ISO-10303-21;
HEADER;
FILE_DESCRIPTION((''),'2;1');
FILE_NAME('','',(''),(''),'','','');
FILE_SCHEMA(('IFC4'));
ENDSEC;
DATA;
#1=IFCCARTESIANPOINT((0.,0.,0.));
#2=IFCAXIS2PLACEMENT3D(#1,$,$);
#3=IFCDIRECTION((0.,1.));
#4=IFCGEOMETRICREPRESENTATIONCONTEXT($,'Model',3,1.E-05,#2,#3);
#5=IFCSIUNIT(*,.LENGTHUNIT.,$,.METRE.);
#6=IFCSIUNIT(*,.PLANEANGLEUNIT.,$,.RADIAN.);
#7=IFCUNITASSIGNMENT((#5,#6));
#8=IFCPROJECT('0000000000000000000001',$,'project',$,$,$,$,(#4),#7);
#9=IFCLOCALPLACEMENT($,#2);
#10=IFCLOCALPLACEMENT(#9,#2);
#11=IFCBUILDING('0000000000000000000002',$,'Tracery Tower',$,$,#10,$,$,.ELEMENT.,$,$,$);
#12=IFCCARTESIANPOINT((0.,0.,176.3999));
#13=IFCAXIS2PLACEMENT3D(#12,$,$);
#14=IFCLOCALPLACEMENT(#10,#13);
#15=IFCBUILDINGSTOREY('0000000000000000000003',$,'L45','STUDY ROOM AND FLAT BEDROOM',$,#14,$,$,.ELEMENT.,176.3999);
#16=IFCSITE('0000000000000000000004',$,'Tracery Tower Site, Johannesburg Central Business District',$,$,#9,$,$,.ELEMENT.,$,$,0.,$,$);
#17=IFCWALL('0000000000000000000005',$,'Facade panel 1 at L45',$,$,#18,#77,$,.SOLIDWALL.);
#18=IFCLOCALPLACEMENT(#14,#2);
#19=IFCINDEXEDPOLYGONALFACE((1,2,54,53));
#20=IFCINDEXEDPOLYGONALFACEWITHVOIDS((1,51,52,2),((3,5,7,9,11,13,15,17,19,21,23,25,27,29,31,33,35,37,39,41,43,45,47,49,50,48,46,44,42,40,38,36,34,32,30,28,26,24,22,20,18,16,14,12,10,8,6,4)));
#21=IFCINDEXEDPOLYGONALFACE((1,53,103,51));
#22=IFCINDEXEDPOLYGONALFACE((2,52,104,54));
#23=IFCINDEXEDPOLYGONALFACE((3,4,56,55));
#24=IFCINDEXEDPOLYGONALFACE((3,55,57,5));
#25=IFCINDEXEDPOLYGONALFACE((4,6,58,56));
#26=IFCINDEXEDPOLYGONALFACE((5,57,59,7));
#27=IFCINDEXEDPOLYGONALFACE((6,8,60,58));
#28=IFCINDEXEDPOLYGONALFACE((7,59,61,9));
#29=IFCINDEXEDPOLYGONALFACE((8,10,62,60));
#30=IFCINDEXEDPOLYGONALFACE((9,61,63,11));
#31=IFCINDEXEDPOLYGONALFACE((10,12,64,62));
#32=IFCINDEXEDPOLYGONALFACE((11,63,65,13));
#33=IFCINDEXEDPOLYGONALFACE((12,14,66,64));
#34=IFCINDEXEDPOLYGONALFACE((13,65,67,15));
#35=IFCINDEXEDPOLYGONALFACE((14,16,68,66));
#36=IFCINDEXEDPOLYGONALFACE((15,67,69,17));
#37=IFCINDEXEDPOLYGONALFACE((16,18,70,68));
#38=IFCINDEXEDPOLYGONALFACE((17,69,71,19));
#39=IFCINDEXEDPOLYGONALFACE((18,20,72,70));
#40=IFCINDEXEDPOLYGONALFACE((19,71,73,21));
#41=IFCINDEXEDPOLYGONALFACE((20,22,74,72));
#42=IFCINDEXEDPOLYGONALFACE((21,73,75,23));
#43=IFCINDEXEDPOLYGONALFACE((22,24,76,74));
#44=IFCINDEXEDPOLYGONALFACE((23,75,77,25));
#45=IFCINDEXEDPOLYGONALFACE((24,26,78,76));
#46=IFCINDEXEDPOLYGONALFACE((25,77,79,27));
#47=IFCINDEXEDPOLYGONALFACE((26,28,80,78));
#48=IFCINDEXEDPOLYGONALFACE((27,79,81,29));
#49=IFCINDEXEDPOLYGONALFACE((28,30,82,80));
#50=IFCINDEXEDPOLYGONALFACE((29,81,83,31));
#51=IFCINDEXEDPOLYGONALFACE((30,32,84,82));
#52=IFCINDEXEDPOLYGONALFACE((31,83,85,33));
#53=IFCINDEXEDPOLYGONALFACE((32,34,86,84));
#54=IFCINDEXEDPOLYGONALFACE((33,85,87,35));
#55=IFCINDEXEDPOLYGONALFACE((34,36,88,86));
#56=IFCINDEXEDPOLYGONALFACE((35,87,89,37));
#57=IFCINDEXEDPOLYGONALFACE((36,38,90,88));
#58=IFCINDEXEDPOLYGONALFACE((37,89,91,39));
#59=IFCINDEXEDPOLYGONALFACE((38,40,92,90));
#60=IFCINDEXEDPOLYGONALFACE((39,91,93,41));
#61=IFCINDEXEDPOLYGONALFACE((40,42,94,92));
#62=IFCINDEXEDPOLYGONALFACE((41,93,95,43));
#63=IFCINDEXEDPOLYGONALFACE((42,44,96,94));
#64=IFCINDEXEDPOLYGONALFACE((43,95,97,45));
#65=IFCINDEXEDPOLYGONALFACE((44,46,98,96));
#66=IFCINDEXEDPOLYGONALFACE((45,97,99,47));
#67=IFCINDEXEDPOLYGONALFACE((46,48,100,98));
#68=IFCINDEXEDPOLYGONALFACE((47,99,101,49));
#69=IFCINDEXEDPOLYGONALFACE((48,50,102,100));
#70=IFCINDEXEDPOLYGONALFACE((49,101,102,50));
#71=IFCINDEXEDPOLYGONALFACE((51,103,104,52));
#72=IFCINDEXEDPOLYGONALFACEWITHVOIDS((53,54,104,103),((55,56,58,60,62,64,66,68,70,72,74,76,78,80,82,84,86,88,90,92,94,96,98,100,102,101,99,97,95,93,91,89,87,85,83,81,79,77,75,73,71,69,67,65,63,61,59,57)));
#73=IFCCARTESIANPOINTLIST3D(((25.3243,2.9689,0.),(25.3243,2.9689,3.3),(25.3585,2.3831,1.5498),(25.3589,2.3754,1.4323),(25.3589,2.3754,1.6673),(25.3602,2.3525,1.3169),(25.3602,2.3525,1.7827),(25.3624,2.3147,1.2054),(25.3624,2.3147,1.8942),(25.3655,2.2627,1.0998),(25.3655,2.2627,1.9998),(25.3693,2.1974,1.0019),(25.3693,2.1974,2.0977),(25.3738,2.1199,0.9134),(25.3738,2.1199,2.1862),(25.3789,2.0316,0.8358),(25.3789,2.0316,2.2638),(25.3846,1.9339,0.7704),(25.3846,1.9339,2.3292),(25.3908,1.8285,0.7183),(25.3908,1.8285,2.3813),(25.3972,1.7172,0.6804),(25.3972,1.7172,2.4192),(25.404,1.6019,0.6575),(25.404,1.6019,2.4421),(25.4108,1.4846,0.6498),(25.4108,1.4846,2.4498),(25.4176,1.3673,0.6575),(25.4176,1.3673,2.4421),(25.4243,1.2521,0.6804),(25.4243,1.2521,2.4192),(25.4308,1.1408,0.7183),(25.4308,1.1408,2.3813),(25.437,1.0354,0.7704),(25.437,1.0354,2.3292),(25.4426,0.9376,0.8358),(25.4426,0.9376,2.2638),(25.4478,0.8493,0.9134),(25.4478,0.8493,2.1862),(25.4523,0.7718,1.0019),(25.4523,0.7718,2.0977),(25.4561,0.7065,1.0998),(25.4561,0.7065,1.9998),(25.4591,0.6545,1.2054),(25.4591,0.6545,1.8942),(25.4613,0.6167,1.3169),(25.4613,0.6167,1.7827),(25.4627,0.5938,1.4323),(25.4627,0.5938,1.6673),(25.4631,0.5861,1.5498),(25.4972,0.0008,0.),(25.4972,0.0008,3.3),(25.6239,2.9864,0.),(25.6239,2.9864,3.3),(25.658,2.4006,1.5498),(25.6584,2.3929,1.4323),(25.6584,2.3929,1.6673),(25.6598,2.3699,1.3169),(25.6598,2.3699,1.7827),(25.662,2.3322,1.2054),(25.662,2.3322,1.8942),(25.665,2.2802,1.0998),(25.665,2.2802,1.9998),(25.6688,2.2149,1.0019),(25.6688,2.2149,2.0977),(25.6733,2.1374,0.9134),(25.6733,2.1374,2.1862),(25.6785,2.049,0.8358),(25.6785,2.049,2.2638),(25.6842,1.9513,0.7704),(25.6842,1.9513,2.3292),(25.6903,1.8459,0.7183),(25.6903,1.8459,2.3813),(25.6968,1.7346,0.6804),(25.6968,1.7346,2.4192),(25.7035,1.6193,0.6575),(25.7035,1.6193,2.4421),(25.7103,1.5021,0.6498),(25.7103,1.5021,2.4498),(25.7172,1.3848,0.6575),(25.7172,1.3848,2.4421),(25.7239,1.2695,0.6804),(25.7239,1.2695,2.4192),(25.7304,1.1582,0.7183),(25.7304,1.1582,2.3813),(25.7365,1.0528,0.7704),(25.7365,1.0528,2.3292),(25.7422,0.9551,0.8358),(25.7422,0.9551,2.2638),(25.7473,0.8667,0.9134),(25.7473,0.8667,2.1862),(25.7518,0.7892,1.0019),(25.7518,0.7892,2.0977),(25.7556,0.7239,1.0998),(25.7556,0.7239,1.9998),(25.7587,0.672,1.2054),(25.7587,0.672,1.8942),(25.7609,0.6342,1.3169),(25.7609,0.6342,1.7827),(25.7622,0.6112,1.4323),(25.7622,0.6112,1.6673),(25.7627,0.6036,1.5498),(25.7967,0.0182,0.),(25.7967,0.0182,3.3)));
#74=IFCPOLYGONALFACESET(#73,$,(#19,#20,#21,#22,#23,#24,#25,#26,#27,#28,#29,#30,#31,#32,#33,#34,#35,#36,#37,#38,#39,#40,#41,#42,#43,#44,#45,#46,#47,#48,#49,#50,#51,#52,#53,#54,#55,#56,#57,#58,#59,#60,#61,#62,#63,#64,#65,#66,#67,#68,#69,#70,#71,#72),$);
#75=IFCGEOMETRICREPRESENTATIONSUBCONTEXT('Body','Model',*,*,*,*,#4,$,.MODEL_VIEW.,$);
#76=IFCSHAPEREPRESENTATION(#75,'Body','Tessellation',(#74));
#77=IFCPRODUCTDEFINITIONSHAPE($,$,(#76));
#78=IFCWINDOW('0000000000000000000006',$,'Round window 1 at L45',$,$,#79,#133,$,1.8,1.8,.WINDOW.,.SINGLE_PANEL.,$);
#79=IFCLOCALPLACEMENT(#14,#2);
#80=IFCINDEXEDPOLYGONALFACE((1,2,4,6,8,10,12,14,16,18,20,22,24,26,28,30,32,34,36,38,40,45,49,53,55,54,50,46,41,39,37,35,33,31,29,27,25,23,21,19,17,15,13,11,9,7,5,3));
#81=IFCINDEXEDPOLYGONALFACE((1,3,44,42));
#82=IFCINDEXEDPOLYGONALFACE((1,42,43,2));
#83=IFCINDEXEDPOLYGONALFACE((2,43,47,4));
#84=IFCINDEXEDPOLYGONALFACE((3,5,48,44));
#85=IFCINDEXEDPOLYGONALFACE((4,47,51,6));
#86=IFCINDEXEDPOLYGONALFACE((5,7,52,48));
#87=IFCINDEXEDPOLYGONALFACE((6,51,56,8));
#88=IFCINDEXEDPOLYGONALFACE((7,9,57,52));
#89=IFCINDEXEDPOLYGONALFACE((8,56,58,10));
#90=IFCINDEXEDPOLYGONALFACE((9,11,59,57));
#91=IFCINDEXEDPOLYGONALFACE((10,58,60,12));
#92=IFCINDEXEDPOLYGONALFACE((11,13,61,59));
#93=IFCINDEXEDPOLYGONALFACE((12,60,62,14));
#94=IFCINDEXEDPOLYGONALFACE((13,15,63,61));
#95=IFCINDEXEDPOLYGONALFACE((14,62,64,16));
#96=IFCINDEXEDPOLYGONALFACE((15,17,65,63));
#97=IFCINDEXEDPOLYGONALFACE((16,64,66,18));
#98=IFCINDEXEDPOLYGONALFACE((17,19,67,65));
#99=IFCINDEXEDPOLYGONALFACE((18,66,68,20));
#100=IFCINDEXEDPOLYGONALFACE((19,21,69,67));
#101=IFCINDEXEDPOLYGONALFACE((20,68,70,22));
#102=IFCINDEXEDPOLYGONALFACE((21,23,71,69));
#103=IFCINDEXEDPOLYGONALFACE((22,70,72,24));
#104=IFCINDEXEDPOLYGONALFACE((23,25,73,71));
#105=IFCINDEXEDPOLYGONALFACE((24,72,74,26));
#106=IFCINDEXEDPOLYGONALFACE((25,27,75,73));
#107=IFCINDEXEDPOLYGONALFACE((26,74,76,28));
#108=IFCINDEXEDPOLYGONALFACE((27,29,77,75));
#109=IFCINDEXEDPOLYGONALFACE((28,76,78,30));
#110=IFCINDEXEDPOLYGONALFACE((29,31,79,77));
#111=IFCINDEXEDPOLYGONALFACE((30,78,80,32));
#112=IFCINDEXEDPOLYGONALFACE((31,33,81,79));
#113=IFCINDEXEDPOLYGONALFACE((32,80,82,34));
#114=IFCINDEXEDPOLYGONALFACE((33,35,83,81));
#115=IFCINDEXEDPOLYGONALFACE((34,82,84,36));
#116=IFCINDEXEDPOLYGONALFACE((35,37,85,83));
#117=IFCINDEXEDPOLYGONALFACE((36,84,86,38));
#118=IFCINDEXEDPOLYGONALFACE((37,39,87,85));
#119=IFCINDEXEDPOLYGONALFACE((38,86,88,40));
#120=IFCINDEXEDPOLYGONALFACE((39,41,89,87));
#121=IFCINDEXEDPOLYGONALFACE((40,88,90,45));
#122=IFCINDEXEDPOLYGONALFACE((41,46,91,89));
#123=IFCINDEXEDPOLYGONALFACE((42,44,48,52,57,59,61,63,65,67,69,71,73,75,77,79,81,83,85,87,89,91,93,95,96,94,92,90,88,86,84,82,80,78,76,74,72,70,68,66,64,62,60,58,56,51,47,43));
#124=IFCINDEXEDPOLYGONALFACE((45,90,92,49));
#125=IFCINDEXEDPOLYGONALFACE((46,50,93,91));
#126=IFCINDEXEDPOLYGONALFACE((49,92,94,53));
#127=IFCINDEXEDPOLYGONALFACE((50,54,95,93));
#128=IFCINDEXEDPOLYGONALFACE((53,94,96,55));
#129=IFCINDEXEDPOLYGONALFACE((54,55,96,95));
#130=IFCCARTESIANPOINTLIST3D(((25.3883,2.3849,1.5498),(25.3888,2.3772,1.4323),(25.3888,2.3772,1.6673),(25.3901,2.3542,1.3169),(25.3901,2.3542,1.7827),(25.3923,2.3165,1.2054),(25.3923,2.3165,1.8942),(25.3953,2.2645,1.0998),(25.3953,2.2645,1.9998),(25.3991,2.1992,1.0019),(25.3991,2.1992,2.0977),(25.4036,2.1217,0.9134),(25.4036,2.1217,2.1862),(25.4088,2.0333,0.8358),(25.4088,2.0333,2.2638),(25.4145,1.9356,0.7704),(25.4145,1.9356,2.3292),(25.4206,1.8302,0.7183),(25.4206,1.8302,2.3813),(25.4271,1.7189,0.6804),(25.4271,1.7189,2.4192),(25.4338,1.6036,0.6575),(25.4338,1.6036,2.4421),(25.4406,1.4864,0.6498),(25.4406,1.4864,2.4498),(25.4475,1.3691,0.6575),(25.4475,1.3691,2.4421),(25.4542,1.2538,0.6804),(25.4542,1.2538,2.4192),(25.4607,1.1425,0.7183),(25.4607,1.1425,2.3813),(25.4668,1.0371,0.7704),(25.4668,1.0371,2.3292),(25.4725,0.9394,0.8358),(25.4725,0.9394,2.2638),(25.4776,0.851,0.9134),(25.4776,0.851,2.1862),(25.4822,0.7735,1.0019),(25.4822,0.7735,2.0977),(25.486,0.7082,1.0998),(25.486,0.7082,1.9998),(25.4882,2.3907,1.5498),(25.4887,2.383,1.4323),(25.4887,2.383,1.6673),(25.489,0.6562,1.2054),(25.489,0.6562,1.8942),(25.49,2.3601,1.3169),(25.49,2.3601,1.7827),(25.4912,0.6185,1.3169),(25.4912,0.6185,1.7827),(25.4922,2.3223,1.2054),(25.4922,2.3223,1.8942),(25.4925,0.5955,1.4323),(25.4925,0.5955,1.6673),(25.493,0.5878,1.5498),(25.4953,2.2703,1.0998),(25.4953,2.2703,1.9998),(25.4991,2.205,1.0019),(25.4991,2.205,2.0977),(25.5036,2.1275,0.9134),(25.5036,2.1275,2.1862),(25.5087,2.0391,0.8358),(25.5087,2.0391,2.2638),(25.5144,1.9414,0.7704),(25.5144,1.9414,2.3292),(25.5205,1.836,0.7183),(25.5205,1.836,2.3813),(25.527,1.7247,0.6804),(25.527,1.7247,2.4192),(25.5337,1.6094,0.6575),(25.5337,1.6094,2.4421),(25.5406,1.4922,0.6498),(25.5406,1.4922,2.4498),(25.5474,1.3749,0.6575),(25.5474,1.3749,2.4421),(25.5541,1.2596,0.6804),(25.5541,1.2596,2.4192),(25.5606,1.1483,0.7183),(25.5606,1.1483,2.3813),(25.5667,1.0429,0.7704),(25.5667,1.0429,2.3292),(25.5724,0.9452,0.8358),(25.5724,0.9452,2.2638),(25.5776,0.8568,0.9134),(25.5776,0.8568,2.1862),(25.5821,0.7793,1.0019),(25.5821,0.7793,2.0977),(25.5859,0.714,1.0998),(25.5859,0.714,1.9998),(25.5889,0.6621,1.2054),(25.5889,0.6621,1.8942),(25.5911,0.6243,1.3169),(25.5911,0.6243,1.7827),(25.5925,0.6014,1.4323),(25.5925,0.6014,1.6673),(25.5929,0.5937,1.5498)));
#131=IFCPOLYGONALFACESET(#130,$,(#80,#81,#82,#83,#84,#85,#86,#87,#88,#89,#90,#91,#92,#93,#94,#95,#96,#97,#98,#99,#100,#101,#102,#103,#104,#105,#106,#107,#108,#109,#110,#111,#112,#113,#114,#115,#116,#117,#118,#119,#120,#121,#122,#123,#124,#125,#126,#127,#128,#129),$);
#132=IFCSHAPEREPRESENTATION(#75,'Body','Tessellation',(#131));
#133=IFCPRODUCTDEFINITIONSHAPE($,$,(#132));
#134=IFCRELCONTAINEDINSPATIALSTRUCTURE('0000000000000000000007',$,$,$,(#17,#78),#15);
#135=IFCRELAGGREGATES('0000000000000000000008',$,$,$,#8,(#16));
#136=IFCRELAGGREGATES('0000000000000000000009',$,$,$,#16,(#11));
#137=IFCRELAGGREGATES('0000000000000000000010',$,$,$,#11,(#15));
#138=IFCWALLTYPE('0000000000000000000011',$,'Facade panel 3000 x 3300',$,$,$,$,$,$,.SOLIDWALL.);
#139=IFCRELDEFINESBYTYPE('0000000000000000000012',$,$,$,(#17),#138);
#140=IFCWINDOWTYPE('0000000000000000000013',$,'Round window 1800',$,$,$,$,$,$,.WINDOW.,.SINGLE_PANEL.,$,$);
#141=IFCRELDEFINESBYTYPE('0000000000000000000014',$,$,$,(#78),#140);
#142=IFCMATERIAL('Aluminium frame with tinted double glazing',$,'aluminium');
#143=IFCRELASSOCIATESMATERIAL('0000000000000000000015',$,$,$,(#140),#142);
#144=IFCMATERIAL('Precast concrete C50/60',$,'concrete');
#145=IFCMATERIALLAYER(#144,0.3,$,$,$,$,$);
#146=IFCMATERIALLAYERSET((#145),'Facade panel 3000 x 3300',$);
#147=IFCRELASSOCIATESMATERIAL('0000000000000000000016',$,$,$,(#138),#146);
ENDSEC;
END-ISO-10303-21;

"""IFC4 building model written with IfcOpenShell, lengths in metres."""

from ifc_helpers import new_model, si_unit, direction, frame, frame_2d, origin, origin_2d, place, context, subcontext, project, spatial, rectangle, circle, extrude, material, layer, layer_set, type_object, element, fill, save


model = new_model("IFC4")

# Units and contexts
model_context = context("Model", 3, precision=1e-05, world=origin(), true_north=direction((0.0, 1.0)))
body_context = subcontext(model_context, "Body", "Model", "MODEL_VIEW")
ifc_project = project(units=[si_unit("LENGTHUNIT", "METRE"), si_unit("PLANEANGLEUNIT", "RADIAN")], contexts=[model_context])

# Site, building, storey
site_placement = place(None, origin())
site = spatial("IfcSite", under=ifc_project, at=site_placement, Name="Tracery Tower Site, Johannesburg Central Business District", CompositionType="ELEMENT", RefElevation=0.0)
building_placement = place(site_placement, origin())
building = spatial("IfcBuilding", under=site, at=building_placement, Name="Tracery Tower", CompositionType="ELEMENT")
storey_placement = place(building_placement, frame((0.0, 0.0, 176.3999)))
storey = spatial("IfcBuildingStorey", under=building, at=storey_placement, Name="L45", Description="STUDY ROOM AND FLAT BEDROOM", CompositionType="ELEMENT", Elevation=176.3999)

# Wall, opening, window
ifc_material_1 = material(Name="Aluminium frame with tinted double glazing", Category="aluminium")
window_type = type_object("IfcWindowType", Name="Round window 1800", PartitioningType="SINGLE_PANEL", PredefinedType="WINDOW", material=ifc_material_1)
ifc_material_2 = material(Name="Precast concrete C50/60", Category="concrete")
ifc_layer_1 = layer(ifc_material_2, 0.3)
ifc_layer_set_1 = layer_set([ifc_layer_1], Name="Facade panel 3000 x 3300")
wall_type_1 = type_object("IfcWallType", Name="Facade panel 3000 x 3300", PredefinedType="SOLIDWALL", material=ifc_layer_set_1)
wall_1_placement = place(storey_placement, frame((25.647, 0.0095, 0.0), z_axis=(0.0, 0.0, 1.0), x_axis=(-0.05814, 0.998308, 0.0)))
wall_1 = element("IfcWall", 1, at=wall_1_placement, inside=storey, type_object=wall_type_1, Name="Facade panel 1 at L45", PredefinedType="SOLIDWALL", context=body_context, shape_type="SweptSolid", body=[
    extrude(rectangle(XDim=2.9731, YDim=0.3, at=frame_2d((1.4866, 0.0))), origin(), (0.0, 0.0, 1.0), 3.3),
])
opening_1_placement = place(wall_1_placement, frame((1.4863, 0.0, 1.5498)))
opening_1 = element("IfcOpeningElement", 2, at=opening_1_placement, cuts=wall_1, PredefinedType="OPENING", context=body_context, shape_type="SweptSolid", body=[
    extrude(circle(Radius=0.9, at=origin_2d()), frame((0.0, 0.1599, 0.0), z_axis=(0.0, -1.0, 0.0), x_axis=(1.0, 0.0, 0.0)), (0.0, 0.0, 1.0), 0.3201),
])
window_1_placement = place(opening_1_placement, origin())
window_1 = element("IfcWindow", 3, at=window_1_placement, inside=storey, type_object=window_type, Name="Round window 1 at L45", OverallHeight=1.8, OverallWidth=1.8, PartitioningType="SINGLE_PANEL", PredefinedType="WINDOW", context=body_context, shape_type="SweptSolid", body=[
    extrude(circle(Radius=0.9, at=origin_2d()), frame((0.0, 0.1201, 0.0), z_axis=(0.0, -1.0, 0.0), x_axis=(1.0, 0.0, 0.0)), (0.0, 0.0, 1.0), 0.1001),
])
fill(opening_1, window_1)

save(model, "model.ifc")
